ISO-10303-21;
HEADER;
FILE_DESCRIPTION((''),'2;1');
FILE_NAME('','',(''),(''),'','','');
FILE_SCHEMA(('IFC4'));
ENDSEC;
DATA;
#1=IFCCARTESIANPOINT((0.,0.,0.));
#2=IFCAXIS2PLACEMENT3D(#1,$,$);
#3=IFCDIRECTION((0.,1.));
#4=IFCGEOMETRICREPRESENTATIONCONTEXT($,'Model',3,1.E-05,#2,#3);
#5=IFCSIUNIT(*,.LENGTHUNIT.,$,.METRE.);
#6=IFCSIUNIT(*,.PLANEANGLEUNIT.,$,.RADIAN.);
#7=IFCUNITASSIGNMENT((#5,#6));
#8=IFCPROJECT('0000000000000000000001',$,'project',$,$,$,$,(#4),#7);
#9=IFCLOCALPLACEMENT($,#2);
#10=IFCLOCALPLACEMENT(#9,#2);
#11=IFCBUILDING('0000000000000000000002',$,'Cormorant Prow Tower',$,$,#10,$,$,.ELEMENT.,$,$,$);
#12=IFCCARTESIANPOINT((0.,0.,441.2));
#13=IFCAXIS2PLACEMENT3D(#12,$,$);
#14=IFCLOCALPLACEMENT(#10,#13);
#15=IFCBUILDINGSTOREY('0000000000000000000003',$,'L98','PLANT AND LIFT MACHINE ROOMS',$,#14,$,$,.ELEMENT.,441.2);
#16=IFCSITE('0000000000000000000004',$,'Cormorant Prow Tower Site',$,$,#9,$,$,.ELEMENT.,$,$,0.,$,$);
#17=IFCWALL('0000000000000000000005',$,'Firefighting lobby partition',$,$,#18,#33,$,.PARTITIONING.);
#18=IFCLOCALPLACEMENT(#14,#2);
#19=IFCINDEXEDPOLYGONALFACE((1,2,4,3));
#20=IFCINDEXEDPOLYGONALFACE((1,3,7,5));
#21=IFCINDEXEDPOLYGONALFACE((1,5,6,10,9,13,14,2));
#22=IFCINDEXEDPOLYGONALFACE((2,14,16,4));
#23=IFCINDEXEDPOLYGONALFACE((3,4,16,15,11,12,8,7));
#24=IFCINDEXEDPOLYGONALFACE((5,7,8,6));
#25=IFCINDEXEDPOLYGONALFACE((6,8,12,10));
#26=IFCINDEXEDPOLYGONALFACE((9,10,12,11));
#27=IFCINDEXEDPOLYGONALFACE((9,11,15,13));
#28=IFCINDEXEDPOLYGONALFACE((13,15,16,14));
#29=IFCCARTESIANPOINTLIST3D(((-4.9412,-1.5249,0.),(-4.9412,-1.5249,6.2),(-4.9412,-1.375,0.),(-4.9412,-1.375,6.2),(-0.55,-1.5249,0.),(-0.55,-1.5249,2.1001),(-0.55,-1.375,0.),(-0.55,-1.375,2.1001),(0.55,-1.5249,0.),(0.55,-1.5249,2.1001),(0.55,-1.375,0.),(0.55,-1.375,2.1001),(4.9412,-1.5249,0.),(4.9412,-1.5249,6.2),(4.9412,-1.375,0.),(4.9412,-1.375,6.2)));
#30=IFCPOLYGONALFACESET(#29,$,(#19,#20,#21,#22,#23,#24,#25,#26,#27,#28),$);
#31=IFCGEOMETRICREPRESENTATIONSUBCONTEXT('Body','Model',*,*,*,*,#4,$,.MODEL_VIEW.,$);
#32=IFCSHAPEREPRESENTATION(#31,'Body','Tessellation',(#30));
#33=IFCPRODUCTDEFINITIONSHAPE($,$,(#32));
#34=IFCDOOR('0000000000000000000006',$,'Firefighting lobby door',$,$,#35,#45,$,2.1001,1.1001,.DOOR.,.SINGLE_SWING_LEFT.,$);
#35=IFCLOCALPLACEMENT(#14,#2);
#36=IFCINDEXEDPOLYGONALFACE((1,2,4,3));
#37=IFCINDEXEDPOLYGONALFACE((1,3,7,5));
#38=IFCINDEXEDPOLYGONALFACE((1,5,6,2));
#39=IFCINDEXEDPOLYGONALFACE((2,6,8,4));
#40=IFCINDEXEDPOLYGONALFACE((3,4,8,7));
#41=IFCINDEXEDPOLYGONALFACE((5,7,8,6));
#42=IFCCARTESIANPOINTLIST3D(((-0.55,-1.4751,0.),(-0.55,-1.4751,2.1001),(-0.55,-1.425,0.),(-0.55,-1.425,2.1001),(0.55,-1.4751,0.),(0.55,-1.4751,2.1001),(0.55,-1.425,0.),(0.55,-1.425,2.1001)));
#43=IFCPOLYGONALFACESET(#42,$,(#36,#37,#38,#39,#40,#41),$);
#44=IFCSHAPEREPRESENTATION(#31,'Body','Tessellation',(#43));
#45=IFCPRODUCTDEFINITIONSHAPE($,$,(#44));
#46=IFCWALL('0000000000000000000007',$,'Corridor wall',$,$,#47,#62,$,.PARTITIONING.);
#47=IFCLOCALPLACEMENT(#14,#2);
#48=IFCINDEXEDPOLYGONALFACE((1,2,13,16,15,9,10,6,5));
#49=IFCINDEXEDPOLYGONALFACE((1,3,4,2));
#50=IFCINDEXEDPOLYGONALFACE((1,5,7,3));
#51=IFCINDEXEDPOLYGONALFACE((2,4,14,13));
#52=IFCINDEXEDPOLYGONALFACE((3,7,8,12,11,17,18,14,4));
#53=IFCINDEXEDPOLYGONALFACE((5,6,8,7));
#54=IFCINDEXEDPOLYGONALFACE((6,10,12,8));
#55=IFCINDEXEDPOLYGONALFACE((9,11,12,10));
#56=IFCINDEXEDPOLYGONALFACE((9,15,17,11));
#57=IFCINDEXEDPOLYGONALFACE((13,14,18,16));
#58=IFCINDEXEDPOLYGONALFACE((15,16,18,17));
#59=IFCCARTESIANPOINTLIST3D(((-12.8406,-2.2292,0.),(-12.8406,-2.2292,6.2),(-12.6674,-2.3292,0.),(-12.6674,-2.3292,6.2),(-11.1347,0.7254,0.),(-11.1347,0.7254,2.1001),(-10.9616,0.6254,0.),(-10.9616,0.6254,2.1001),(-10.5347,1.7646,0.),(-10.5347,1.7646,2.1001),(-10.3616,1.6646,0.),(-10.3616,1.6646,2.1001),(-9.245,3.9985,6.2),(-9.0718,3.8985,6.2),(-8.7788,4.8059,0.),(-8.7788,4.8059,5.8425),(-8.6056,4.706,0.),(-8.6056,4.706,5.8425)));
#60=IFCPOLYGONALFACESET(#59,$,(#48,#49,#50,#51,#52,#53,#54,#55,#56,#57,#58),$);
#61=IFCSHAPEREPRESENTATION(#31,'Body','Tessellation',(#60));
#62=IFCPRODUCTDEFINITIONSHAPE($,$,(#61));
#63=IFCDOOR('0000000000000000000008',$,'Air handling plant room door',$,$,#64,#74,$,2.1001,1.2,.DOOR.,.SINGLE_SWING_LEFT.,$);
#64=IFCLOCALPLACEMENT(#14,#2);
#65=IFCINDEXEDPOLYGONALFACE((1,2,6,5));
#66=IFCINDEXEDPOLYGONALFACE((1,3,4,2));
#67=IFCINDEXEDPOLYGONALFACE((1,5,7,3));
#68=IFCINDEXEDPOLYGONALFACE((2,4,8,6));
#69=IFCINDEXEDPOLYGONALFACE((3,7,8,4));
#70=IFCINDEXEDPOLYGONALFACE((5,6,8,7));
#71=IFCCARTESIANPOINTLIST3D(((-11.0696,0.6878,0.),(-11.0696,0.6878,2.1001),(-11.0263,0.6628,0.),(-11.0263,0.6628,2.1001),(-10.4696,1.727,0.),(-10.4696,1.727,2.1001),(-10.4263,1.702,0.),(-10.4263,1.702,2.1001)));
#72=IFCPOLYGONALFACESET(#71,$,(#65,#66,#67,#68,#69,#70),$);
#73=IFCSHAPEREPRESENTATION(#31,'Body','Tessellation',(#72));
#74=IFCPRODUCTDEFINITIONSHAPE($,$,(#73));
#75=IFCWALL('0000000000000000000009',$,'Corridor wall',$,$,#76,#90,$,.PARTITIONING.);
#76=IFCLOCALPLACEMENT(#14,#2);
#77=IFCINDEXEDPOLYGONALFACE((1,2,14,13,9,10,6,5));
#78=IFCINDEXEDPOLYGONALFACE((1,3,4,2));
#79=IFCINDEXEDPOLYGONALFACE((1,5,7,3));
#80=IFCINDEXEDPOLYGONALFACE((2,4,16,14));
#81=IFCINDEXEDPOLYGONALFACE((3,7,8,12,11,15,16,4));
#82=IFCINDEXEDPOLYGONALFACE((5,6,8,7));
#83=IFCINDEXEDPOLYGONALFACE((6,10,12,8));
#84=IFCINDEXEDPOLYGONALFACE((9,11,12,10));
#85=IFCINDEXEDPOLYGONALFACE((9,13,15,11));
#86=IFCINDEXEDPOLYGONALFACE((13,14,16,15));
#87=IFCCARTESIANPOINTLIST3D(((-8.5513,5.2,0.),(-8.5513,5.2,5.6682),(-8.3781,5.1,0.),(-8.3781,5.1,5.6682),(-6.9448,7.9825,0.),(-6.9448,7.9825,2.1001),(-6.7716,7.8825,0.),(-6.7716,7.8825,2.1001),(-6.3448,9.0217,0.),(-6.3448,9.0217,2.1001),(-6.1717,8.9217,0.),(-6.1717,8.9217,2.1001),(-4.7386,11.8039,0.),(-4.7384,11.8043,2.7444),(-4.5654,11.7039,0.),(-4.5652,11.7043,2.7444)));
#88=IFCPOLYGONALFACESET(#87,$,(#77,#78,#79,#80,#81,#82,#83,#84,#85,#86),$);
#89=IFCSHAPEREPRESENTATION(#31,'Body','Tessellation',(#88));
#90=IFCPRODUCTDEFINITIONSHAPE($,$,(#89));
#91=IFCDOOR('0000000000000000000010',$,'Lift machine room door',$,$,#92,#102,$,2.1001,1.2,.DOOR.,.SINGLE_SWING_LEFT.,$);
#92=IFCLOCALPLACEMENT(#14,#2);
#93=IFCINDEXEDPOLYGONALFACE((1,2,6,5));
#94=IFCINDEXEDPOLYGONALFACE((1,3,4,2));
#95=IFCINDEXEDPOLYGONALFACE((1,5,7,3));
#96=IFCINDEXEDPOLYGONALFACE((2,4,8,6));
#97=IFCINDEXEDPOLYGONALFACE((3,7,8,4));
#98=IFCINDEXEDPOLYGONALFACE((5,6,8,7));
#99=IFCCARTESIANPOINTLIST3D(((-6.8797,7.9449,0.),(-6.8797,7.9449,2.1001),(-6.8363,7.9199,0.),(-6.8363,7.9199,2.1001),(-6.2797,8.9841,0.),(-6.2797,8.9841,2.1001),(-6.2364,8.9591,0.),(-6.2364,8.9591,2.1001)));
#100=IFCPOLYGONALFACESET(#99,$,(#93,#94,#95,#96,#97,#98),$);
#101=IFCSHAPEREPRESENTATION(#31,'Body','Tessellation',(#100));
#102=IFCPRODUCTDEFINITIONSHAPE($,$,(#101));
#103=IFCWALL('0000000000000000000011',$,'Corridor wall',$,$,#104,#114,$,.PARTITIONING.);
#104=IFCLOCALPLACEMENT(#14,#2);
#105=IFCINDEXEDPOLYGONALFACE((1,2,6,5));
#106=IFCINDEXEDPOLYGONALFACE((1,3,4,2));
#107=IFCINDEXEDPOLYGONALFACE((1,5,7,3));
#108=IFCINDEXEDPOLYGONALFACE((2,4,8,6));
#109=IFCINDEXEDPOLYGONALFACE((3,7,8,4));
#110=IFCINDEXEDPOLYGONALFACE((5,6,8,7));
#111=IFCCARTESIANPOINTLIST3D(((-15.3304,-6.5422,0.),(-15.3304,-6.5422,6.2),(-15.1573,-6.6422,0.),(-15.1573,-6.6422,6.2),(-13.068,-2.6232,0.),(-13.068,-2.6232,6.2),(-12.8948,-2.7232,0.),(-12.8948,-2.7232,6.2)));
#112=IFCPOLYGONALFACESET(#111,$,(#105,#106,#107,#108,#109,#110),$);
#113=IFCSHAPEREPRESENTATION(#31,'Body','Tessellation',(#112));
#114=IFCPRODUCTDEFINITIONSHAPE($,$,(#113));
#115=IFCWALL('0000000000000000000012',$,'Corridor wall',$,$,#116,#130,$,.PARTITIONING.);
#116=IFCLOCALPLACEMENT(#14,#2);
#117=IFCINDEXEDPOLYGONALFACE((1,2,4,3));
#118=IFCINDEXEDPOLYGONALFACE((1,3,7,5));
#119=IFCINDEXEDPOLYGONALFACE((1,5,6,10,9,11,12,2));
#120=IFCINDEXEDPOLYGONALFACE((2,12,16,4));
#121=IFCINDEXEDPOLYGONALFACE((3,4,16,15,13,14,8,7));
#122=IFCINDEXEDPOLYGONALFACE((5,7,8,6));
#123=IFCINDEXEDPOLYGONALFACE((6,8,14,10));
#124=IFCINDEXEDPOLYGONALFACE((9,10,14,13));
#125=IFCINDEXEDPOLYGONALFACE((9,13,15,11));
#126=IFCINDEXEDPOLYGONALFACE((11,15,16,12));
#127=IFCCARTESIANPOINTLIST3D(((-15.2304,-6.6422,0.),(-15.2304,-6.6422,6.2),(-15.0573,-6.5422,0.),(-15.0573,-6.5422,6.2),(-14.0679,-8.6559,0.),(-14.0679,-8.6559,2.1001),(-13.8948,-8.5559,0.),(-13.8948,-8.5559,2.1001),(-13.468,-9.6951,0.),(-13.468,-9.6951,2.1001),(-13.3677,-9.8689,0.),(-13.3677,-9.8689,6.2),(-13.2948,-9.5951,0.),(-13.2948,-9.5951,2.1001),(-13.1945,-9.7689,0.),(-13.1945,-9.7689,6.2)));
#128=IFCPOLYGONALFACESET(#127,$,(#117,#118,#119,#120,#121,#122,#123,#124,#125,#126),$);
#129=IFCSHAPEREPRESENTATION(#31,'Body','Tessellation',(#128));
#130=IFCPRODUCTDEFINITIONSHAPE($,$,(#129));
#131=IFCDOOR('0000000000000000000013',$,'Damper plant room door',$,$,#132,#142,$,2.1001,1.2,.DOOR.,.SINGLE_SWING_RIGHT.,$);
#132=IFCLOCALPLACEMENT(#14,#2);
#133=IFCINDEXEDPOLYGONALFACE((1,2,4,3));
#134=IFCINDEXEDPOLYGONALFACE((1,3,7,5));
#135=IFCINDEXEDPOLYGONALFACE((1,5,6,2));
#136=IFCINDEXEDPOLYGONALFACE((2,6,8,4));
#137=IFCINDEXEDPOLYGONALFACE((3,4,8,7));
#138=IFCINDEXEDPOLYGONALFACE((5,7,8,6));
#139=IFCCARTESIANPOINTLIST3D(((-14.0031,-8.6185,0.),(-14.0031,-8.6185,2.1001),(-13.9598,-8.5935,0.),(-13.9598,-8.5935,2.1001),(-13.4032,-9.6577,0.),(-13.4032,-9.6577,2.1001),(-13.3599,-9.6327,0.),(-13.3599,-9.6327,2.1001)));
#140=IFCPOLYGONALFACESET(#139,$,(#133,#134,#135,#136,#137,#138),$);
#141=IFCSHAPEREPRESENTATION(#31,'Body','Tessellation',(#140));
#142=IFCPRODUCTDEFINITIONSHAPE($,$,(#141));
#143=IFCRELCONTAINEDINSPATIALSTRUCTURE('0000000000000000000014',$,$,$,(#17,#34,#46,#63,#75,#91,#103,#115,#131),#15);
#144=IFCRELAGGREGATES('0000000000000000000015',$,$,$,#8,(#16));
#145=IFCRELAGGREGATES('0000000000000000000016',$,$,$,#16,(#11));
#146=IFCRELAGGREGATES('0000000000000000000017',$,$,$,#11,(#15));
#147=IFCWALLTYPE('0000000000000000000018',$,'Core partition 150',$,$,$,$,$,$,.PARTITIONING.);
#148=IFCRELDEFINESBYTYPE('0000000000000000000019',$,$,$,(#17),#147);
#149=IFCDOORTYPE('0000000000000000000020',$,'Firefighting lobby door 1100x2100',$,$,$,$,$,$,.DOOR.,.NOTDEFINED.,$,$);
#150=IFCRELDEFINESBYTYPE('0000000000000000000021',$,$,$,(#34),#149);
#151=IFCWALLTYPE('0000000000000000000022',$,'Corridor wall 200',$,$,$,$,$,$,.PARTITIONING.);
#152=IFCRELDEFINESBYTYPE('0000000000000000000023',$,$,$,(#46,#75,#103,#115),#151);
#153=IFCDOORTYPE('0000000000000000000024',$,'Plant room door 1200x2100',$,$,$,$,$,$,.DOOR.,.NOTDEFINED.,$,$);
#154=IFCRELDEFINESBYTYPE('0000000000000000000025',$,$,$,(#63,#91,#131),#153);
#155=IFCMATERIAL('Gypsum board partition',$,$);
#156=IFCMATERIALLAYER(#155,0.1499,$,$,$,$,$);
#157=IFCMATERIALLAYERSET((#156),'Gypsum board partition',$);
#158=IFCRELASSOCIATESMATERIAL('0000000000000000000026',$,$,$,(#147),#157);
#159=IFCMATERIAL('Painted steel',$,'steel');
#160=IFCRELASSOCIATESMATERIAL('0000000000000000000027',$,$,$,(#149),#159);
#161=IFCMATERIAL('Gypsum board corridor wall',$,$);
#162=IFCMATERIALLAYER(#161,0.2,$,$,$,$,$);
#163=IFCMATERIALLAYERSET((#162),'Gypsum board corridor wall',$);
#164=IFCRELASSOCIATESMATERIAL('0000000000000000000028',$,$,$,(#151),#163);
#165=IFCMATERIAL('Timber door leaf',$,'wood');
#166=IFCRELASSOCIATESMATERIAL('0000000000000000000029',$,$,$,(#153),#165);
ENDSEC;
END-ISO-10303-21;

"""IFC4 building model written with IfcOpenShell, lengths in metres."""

from ifc_helpers import new_model, si_unit, direction, frame, frame_2d, origin, place, context, subcontext, project, spatial, polyline, rectangle, outline, extrude, material, layer, layer_set, type_object, element, fill, save


model = new_model("IFC4")

# Units and contexts
model_context = context("Model", 3, precision=1e-05, world=origin(), true_north=direction((0.0, 1.0)))
body_context = subcontext(model_context, "Body", "Model", "MODEL_VIEW")
ifc_project = project(units=[si_unit("LENGTHUNIT", "METRE"), si_unit("PLANEANGLEUNIT", "RADIAN")], contexts=[model_context])

# Site, building, storey
site_placement = place(None, origin())
site = spatial("IfcSite", under=ifc_project, at=site_placement, Name="Cormorant Prow Tower Site", CompositionType="ELEMENT", RefElevation=0.0)
building_placement = place(site_placement, origin())
building = spatial("IfcBuilding", under=site, at=building_placement, Name="Cormorant Prow Tower", CompositionType="ELEMENT")
storey_placement = place(building_placement, frame((0.0, 0.0, 441.2)))
storey = spatial("IfcBuildingStorey", under=building, at=storey_placement, Name="L98", Description="PLANT AND LIFT MACHINE ROOMS", CompositionType="ELEMENT", Elevation=441.2)

# Walls, openings, doors
ifc_material_1 = material(Name="Gypsum board partition")
ifc_layer_1 = layer(ifc_material_1, 0.1499)
ifc_layer_set_1 = layer_set([ifc_layer_1], Name="Gypsum board partition")
wall_type_1 = type_object("IfcWallType", Name="Core partition 150", PredefinedType="PARTITIONING", material=ifc_layer_set_1)
wall_1_placement = place(storey_placement, frame((-4.9412, -1.45, 0.0), z_axis=(0.0, 0.0, 1.0), x_axis=(1.0, 0.0, 0.0)))
wall_1 = element("IfcWall", 1, at=wall_1_placement, inside=storey, type_object=wall_type_1, Name="Firefighting lobby partition", PredefinedType="PARTITIONING", context=body_context, shape_type="SweptSolid", body=[
    extrude(rectangle(XDim=9.8823, YDim=0.1499, at=frame_2d((4.9412, 0.0))), origin(), (0.0, 0.0, 1.0), 6.2),
])
opening_1_placement = place(wall_1_placement, frame((4.3911, 0.0, 0.0)))
opening_1 = element("IfcOpeningElement", 2, at=opening_1_placement, cuts=wall_1, PredefinedType="OPENING", context=body_context, shape_type="SweptSolid", body=[
    extrude(rectangle(XDim=1.1001, YDim=2.1001, at=frame_2d((0.55, 1.05))), frame((0.0, 0.085, 0.0), z_axis=(0.0, -1.0, 0.0), x_axis=(1.0, 0.0, 0.0)), (0.0, 0.0, 1.0), 0.1699),
])
ifc_material_2 = material(Name="Painted steel", Category="steel")
door_type_1 = type_object("IfcDoorType", Name="Firefighting lobby door 1100x2100", OperationType="NOTDEFINED", PredefinedType="DOOR", material=ifc_material_2)
door_1_placement = place(opening_1_placement, origin())
door_1 = element("IfcDoor", 3, at=door_1_placement, inside=storey, type_object=door_type_1, Name="Firefighting lobby door", OperationType="SINGLE_SWING_LEFT", OverallHeight=2.1001, OverallWidth=1.1001, PredefinedType="DOOR", context=body_context, shape_type="SweptSolid", body=[
    extrude(rectangle(XDim=1.1001, YDim=2.1001, at=frame_2d((0.55, 1.05))), frame((0.0, 0.0249, 0.0), z_axis=(0.0, -1.0, 0.0), x_axis=(1.0, 0.0, 0.0)), (0.0, 0.0, 1.0), 0.05),
])
fill(opening_1, door_1)
ifc_material_3 = material(Name="Gypsum board corridor wall")
ifc_layer_2 = layer(ifc_material_3, 0.2)
ifc_layer_set_2 = layer_set([ifc_layer_2], Name="Gypsum board corridor wall")
wall_type_2 = type_object("IfcWallType", Name="Corridor wall 200", PredefinedType="PARTITIONING", material=ifc_layer_set_2)
wall_2_placement = place(storey_placement, frame((-12.7539, -2.2793, 0.0), z_axis=(0.0, 0.0, 1.0), x_axis=(0.500002, 0.866024, 0.0)))
wall_2 = element("IfcWall", 4, at=wall_2_placement, inside=storey, type_object=wall_type_2, Name="Corridor wall", PredefinedType="PARTITIONING", context=body_context, shape_type="SweptSolid", body=[
    extrude(outline(polyline([(0.0, 0.0), (8.1235, 0.0), (8.1235, 5.8425), (7.1912, 6.2), (0.0, 6.2), (0.0, 0.0)])), frame((0.0, 0.1001, 0.0), z_axis=(0.0, -1.0, 0.0), x_axis=(1.0, 0.0, 0.0)), (0.0, 0.0, 1.0), 0.2),
])
opening_2_placement = place(wall_2_placement, frame((3.4116, 0.0, 0.0)))
opening_2 = element("IfcOpeningElement", 5, at=opening_2_placement, cuts=wall_2, PredefinedType="OPENING", context=body_context, shape_type="SweptSolid", body=[
    extrude(rectangle(XDim=1.2, YDim=2.1001, at=frame_2d((0.6001, 1.05))), frame((0.0, 0.1099, 0.0), z_axis=(0.0, -1.0, 0.0), x_axis=(1.0, 0.0, 0.0)), (0.0, 0.0, 1.0), 0.22),
])
ifc_material_4 = material(Name="Timber door leaf", Category="wood")
door_type_2 = type_object("IfcDoorType", Name="Plant room door 1200x2100", OperationType="NOTDEFINED", PredefinedType="DOOR", material=ifc_material_4)
door_2_placement = place(opening_2_placement, origin())
door_2 = element("IfcDoor", 6, at=door_2_placement, inside=storey, type_object=door_type_2, Name="Air handling plant room door", OperationType="SINGLE_SWING_LEFT", OverallHeight=2.1001, OverallWidth=1.2, PredefinedType="DOOR", context=body_context, shape_type="SweptSolid", body=[
    extrude(rectangle(XDim=1.2, YDim=2.1001, at=frame_2d((0.6001, 1.05))), frame((0.0, 0.0249, 0.0), z_axis=(0.0, -1.0, 0.0), x_axis=(1.0, 0.0, 0.0)), (0.0, 0.0, 1.0), 0.05),
])
fill(opening_2, door_2)
wall_3_placement = place(storey_placement, frame((-8.4646, 5.1499, 0.0), z_axis=(0.0, 0.0, 1.0), x_axis=(0.499992, 0.86603, 0.0)))
wall_3 = element("IfcWall", 7, at=wall_3_placement, inside=storey, type_object=wall_type_2, Name="Corridor wall", PredefinedType="PARTITIONING", context=body_context, shape_type="SweptSolid", body=[
    extrude(outline(polyline([(0.0, 0.0), (7.6255, 0.0), (7.626, 2.7444), (0.0, 5.6682), (0.0, 0.0)])), frame((0.0, 0.1001, 0.0), z_axis=(0.0, -1.0, 0.0), x_axis=(1.0, 0.0, 0.0)), (0.0, 0.0, 1.0), 0.2),
])
opening_3_placement = place(wall_3_placement, frame((3.2129, 0.0, 0.0)))
opening_3 = element("IfcOpeningElement", 8, at=opening_3_placement, cuts=wall_3, PredefinedType="OPENING", context=body_context, shape_type="SweptSolid", body=[
    extrude(rectangle(XDim=1.2, YDim=2.1001, at=frame_2d((0.6001, 1.05))), frame((0.0, 0.1099, 0.0), z_axis=(0.0, -1.0, 0.0), x_axis=(1.0, 0.0, 0.0)), (0.0, 0.0, 1.0), 0.22),
])
door_3_placement = place(opening_3_placement, origin())
door_3 = element("IfcDoor", 9, at=door_3_placement, inside=storey, type_object=door_type_2, Name="Lift machine room door", OperationType="SINGLE_SWING_LEFT", OverallHeight=2.1001, OverallWidth=1.2, PredefinedType="DOOR", context=body_context, shape_type="SweptSolid", body=[
    extrude(rectangle(XDim=1.2, YDim=2.1001, at=frame_2d((0.6001, 1.05))), frame((0.0, 0.0249, 0.0), z_axis=(0.0, -1.0, 0.0), x_axis=(1.0, 0.0, 0.0)), (0.0, 0.0, 1.0), 0.05),
])
fill(opening_3, door_3)

# Wall
wall_4_placement = place(storey_placement, frame((-15.2439, -6.5923, 0.0), z_axis=(0.0, 0.0, 1.0), x_axis=(0.499975, 0.86604, 0.0)))
element("IfcWall", 10, at=wall_4_placement, inside=storey, type_object=wall_type_2, Name="Corridor wall", PredefinedType="PARTITIONING", context=body_context, shape_type="SweptSolid", body=[
    extrude(rectangle(XDim=4.5251, YDim=0.2, at=frame_2d((2.2627, 0.0))), origin(), (0.0, 0.0, 1.0), 6.2),
])

# Wall, opening, door
wall_5_placement = place(storey_placement, frame((-15.1438, -6.5923, 0.0), z_axis=(0.0, 0.0, 1.0), x_axis=(0.499959, -0.866049, 0.0)))
wall_5 = element("IfcWall", 11, at=wall_5_placement, inside=storey, type_object=wall_type_2, Name="Corridor wall", PredefinedType="PARTITIONING", context=body_context, shape_type="SweptSolid", body=[
    extrude(rectangle(XDim=3.7258, YDim=0.2, at=frame_2d((1.8628, 0.0))), origin(), (0.0, 0.0, 1.0), 6.2),
])
opening_4_placement = place(wall_5_placement, frame((2.325, 0.0, 0.0)))
opening_4 = element("IfcOpeningElement", 12, at=opening_4_placement, cuts=wall_5, PredefinedType="OPENING", context=body_context, shape_type="SweptSolid", body=[
    extrude(rectangle(XDim=1.2, YDim=2.1001, at=frame_2d((0.6001, 1.05))), frame((0.0, 0.1099, 0.0), z_axis=(0.0, -1.0, 0.0), x_axis=(1.0, 0.0, 0.0)), (0.0, 0.0, 1.0), 0.22),
])
door_4_placement = place(opening_4_placement, origin())
door_4 = element("IfcDoor", 13, at=door_4_placement, inside=storey, type_object=door_type_2, Name="Damper plant room door", OperationType="SINGLE_SWING_RIGHT", OverallHeight=2.1001, OverallWidth=1.2, PredefinedType="DOOR", context=body_context, shape_type="SweptSolid", body=[
    extrude(rectangle(XDim=1.2, YDim=2.1001, at=frame_2d((0.6001, 1.05))), frame((0.0, 0.0249, 0.0), z_axis=(0.0, -1.0, 0.0), x_axis=(1.0, 0.0, 0.0)), (0.0, 0.0, 1.0), 0.05),
])
fill(opening_4, door_4)

save(model, "model.ifc")
